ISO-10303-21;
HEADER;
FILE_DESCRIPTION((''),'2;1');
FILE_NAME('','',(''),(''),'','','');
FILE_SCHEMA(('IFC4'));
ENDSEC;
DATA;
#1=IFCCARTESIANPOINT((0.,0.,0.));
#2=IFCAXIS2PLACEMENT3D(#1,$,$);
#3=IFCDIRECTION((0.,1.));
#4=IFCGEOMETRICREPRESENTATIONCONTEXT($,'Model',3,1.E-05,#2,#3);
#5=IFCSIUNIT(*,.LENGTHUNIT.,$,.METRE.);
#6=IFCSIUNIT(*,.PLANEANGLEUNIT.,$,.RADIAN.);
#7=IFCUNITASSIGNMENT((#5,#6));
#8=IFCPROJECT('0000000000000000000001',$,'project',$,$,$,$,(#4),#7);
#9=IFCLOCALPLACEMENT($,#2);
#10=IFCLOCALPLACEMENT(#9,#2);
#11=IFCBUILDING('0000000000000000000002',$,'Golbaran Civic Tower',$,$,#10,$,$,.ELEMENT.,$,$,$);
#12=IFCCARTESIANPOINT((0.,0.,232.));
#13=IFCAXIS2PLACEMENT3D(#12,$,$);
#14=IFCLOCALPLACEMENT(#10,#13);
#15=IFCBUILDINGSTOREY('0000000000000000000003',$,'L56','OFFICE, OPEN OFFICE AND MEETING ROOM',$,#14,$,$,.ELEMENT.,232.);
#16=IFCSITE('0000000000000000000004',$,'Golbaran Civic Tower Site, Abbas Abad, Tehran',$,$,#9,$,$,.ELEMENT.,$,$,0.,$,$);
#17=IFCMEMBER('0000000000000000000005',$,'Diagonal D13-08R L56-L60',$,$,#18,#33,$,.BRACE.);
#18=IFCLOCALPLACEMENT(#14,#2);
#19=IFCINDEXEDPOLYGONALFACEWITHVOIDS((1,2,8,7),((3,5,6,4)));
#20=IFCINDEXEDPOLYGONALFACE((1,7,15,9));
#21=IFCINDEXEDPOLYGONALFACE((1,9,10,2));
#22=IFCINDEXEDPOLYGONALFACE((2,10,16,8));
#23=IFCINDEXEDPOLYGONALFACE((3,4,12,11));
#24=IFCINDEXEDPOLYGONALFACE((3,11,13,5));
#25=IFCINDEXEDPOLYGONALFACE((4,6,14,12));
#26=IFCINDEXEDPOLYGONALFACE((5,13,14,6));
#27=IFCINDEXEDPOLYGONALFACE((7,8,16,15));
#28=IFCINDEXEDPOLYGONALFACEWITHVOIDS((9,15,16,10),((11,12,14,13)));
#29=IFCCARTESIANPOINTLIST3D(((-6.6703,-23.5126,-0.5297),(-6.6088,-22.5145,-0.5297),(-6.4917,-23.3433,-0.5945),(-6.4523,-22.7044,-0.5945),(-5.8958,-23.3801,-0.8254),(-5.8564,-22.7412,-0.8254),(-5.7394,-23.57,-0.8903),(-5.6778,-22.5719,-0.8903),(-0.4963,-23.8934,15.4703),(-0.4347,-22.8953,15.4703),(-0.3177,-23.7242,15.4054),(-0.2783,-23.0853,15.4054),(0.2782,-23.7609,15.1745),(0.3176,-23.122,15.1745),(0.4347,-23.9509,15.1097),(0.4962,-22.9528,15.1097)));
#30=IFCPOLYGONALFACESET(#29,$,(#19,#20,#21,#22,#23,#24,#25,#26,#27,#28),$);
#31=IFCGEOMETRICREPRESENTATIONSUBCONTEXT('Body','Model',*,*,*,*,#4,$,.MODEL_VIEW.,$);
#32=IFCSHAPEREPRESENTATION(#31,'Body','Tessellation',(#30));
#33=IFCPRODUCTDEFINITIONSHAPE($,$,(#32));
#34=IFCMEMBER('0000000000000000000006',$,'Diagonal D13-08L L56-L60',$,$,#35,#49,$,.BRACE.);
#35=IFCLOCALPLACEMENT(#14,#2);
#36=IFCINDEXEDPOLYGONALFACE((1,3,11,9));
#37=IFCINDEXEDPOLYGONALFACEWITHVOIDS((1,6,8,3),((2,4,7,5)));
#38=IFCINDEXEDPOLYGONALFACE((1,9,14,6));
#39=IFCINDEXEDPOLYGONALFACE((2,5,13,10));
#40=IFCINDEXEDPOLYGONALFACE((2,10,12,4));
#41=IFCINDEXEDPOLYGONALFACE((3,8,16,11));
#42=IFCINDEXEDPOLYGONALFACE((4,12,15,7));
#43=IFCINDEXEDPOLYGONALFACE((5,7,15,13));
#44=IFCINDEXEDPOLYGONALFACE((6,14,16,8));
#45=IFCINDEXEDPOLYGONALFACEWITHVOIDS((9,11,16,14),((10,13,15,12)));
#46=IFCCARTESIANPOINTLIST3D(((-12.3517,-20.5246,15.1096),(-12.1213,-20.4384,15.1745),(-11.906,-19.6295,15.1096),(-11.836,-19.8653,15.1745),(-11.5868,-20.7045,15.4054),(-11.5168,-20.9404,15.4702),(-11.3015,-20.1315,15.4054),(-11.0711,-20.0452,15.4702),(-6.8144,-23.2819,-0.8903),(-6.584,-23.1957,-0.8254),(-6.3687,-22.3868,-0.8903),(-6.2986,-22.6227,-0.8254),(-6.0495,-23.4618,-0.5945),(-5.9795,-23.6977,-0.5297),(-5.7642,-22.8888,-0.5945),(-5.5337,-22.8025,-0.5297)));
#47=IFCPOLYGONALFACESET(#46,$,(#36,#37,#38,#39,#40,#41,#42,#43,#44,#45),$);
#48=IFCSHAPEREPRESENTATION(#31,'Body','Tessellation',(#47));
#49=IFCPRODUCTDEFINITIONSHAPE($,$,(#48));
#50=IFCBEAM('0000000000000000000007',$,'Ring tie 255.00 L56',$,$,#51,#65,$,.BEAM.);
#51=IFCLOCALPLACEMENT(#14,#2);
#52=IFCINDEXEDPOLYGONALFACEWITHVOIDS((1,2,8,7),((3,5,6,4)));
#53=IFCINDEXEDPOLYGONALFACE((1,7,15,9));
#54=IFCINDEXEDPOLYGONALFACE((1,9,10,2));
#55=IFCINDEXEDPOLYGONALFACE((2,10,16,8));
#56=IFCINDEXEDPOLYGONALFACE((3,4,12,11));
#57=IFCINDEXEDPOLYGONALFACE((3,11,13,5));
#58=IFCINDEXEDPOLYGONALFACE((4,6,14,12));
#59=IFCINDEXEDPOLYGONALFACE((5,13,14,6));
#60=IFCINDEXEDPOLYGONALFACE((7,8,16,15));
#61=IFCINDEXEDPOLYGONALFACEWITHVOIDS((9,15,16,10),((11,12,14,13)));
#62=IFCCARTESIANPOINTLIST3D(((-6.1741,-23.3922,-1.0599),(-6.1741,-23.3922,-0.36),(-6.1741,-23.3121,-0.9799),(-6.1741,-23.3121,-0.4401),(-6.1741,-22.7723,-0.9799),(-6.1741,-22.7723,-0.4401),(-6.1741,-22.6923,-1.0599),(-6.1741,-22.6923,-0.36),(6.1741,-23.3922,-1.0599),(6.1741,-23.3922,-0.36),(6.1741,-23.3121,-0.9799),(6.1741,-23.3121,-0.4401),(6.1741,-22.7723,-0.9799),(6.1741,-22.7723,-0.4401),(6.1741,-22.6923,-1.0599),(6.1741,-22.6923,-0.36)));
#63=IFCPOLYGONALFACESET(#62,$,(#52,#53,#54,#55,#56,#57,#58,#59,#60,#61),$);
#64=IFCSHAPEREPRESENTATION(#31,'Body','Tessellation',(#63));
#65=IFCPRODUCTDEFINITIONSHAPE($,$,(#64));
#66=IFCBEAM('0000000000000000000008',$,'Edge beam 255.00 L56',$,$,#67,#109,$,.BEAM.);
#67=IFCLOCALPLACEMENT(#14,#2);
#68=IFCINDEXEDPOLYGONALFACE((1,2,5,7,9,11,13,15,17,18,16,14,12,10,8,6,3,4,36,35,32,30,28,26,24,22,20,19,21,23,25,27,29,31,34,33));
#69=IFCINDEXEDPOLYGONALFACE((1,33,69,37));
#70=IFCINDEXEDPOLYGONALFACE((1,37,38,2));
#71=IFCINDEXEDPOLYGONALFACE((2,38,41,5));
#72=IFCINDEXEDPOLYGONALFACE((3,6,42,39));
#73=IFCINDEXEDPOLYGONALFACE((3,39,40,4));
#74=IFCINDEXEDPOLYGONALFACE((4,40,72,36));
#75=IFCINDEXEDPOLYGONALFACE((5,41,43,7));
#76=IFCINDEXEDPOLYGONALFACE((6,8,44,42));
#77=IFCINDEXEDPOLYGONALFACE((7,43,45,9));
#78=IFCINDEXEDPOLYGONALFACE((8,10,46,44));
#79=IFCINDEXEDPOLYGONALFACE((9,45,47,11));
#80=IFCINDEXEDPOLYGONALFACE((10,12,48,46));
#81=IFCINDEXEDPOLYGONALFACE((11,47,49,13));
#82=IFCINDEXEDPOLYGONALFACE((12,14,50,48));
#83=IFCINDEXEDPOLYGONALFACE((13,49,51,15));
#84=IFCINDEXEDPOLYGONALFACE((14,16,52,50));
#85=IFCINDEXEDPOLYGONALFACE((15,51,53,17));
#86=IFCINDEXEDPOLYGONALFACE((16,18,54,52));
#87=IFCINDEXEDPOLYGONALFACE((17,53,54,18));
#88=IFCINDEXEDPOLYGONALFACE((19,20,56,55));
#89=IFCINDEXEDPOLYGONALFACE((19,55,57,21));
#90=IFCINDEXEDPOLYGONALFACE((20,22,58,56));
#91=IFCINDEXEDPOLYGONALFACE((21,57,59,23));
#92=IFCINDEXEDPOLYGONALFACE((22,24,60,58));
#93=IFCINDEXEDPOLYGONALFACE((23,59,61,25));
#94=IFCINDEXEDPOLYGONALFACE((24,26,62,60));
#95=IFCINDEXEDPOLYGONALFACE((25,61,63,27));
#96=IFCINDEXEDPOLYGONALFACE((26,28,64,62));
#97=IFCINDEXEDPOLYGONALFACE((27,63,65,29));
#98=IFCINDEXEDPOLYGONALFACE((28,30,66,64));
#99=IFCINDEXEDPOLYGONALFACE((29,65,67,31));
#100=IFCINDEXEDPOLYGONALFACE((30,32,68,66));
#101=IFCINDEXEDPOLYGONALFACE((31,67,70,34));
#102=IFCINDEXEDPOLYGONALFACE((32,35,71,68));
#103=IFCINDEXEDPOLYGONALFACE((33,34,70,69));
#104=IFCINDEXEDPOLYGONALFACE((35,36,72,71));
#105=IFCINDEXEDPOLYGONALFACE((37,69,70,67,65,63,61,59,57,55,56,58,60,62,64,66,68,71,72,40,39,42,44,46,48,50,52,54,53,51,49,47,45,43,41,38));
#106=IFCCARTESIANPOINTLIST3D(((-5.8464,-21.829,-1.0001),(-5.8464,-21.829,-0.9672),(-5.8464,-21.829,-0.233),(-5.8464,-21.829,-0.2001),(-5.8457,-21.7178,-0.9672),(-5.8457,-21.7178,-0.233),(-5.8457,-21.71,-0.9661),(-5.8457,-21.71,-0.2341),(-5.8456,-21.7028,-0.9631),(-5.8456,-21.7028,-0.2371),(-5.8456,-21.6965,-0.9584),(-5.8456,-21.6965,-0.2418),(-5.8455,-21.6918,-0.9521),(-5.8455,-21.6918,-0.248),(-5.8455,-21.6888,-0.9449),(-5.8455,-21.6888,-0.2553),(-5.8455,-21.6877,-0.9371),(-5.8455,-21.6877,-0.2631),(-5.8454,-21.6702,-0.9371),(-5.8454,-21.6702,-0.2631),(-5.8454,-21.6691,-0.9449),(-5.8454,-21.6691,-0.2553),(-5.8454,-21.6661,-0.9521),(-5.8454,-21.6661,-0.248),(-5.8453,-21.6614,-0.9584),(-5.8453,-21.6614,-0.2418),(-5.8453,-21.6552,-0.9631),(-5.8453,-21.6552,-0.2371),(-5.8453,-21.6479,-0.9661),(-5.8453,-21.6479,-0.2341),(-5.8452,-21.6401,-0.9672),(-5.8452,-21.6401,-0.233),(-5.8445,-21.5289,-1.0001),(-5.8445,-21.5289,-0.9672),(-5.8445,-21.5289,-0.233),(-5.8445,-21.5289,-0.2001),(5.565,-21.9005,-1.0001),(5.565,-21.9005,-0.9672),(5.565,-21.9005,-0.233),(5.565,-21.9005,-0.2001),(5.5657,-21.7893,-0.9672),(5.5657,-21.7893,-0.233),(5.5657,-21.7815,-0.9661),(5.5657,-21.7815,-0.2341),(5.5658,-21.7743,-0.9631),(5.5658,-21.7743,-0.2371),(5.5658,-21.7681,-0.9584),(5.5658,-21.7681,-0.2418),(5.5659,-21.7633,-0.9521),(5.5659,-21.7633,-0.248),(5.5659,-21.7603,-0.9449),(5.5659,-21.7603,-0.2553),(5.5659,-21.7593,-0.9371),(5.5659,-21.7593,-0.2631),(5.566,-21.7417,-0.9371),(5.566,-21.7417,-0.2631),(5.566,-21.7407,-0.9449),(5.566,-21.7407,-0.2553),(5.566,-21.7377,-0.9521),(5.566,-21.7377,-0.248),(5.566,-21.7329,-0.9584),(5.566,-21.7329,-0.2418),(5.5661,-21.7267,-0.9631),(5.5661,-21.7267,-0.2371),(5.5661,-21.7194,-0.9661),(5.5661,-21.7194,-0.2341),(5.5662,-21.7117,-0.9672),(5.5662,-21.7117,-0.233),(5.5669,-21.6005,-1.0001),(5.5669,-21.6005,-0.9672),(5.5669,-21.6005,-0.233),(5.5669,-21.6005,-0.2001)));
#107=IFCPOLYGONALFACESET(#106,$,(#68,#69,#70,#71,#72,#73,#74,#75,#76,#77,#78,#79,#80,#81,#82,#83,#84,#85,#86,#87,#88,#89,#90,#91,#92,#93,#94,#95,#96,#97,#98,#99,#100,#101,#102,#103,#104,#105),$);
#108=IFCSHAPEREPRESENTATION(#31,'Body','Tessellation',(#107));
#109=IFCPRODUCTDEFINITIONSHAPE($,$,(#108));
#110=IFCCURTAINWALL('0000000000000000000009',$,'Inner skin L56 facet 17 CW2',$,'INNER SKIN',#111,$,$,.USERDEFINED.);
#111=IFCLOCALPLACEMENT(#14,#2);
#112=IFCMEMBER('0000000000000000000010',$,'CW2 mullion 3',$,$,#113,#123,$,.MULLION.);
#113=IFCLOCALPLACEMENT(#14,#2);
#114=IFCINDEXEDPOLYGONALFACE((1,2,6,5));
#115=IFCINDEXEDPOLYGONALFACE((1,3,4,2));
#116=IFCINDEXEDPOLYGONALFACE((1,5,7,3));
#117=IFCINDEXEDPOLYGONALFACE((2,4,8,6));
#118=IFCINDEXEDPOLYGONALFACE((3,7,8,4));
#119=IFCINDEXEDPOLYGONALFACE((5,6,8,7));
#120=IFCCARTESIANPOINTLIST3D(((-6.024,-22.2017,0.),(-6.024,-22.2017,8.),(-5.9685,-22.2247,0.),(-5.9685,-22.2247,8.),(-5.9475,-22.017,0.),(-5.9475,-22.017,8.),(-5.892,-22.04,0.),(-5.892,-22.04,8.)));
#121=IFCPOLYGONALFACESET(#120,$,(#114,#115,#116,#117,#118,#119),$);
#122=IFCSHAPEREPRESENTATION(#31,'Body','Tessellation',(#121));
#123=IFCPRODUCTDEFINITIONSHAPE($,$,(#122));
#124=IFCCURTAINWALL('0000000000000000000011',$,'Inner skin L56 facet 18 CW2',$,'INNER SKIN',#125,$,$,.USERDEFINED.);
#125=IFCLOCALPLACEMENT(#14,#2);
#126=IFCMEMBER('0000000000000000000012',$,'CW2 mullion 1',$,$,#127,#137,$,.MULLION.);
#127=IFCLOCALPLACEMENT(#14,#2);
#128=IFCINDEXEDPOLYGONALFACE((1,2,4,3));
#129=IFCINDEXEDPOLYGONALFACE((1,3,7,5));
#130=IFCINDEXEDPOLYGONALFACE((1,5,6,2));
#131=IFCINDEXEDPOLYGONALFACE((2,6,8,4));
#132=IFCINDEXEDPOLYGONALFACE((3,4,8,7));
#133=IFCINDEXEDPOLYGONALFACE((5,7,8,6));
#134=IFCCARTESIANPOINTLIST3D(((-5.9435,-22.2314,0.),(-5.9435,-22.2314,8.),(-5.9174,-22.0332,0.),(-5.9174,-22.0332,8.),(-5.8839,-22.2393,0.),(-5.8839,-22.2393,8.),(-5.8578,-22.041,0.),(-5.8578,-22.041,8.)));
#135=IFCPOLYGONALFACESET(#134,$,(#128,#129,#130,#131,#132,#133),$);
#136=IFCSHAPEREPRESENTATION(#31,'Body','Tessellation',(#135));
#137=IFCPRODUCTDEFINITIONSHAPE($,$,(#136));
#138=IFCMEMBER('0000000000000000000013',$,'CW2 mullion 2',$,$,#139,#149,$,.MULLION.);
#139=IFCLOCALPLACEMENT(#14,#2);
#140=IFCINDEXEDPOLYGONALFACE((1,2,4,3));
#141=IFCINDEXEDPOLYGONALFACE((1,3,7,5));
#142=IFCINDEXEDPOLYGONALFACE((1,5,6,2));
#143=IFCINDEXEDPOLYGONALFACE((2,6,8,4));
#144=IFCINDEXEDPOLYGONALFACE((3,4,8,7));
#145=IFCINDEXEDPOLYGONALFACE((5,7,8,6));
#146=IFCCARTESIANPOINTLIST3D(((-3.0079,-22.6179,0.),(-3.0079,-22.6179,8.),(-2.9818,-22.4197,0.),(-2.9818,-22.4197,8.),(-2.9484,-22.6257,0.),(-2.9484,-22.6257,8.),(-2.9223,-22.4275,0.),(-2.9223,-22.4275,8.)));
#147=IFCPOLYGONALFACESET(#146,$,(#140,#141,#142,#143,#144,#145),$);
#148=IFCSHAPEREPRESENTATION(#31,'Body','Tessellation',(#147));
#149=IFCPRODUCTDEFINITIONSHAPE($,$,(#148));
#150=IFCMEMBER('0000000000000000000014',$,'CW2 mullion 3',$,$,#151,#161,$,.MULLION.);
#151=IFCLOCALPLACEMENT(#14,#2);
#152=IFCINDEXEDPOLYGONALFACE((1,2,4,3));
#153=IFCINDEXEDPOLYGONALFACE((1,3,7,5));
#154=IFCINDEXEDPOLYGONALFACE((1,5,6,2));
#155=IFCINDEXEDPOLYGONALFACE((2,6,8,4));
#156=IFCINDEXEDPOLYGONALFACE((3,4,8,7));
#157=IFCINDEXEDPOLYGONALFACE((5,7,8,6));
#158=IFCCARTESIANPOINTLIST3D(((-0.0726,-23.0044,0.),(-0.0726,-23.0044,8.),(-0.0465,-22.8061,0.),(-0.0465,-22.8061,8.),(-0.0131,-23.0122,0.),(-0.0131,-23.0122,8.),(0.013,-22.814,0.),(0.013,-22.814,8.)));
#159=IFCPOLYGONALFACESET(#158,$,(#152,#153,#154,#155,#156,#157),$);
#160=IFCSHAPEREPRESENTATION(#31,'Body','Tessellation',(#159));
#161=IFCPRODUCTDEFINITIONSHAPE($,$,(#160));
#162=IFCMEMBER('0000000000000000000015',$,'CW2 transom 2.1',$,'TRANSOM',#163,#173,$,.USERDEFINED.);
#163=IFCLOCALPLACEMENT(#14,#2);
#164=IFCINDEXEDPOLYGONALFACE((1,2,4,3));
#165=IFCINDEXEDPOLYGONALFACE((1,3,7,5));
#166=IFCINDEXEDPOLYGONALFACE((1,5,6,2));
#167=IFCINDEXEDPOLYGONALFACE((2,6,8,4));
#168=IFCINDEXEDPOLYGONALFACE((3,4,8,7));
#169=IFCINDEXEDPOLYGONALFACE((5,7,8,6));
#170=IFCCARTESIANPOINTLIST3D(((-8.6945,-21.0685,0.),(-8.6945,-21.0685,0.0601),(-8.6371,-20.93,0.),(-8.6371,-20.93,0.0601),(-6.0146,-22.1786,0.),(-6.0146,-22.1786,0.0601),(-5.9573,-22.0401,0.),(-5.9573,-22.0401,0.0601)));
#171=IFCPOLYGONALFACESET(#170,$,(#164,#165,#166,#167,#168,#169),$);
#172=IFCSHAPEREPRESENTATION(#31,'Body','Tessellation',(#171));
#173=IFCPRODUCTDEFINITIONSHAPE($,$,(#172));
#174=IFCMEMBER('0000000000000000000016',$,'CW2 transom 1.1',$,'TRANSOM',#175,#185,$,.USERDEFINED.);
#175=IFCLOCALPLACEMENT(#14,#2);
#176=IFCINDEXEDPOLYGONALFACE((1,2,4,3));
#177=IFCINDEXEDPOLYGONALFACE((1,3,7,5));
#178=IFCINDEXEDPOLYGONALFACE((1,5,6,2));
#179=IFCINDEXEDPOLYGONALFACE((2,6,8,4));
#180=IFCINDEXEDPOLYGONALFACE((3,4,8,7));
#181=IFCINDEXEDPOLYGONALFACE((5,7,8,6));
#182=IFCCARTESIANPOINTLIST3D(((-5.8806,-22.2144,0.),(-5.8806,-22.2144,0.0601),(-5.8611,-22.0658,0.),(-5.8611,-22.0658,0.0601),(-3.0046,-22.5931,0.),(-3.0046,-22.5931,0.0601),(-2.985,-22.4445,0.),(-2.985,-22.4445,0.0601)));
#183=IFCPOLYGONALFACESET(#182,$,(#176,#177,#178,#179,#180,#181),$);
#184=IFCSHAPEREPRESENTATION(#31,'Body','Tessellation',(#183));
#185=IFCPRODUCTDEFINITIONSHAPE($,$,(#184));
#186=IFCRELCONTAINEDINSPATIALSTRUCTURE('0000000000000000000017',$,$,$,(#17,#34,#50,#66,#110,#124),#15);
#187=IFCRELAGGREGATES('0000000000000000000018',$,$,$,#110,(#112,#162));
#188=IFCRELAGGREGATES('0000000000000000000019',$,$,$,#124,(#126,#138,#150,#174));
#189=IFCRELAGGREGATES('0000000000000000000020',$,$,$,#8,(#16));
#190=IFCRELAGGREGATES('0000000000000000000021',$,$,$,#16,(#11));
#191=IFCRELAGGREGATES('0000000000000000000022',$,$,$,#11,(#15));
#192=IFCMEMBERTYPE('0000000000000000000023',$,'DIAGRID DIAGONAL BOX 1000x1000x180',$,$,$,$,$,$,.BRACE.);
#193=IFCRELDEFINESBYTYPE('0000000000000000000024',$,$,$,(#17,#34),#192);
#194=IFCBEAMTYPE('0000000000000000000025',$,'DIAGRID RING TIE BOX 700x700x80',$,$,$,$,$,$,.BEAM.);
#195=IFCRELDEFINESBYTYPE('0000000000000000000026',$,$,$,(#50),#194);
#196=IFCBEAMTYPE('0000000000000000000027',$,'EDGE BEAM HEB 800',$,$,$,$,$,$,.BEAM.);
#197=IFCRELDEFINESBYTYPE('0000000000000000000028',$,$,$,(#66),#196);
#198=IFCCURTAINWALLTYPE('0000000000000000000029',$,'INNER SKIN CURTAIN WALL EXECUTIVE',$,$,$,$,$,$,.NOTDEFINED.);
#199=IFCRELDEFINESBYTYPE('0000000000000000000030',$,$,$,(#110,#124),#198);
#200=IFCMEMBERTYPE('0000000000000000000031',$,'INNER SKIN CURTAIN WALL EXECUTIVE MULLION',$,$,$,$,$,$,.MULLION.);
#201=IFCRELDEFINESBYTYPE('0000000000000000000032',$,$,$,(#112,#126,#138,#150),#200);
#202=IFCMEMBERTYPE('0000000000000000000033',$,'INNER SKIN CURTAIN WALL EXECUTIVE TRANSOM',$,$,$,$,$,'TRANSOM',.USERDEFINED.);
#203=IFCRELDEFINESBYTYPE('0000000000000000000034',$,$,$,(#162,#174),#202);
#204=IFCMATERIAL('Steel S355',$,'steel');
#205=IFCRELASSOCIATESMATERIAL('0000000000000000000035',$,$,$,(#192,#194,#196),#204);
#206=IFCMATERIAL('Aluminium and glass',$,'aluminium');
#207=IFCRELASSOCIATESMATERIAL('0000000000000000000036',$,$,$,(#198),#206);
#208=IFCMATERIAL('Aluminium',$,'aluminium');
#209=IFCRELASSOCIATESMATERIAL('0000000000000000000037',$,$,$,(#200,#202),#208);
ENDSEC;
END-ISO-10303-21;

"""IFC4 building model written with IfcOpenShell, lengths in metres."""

from ifc_helpers import new_model, si_unit, direction, frame, origin, origin_2d, place, context, subcontext, project, spatial, rectangle, hollow_rectangle, i_section, extrude, material, material_profile, profile_set, type_object, element, aggregate, save


model = new_model("IFC4")

# Units and contexts
model_context = context("Model", 3, precision=1e-05, world=origin(), true_north=direction((0.0, 1.0)))
body_context = subcontext(model_context, "Body", "Model", "MODEL_VIEW")
ifc_project = project(units=[si_unit("LENGTHUNIT", "METRE"), si_unit("PLANEANGLEUNIT", "RADIAN")], contexts=[model_context])

# Site, building, storey
site_placement = place(None, origin())
site = spatial("IfcSite", under=ifc_project, at=site_placement, Name="Golbaran Civic Tower Site, Abbas Abad, Tehran", CompositionType="ELEMENT", RefElevation=0.0)
building_placement = place(site_placement, origin())
building = spatial("IfcBuilding", under=site, at=building_placement, Name="Golbaran Civic Tower", CompositionType="ELEMENT")
storey_placement = place(building_placement, frame((0.0, 0.0, 232.0)))
storey = spatial("IfcBuildingStorey", under=building, at=storey_placement, Name="L56", Description="OFFICE, OPEN OFFICE AND MEETING ROOM", CompositionType="ELEMENT", Elevation=232.0)

# Members
ifc_material_1 = material(Name="Steel S355", Category="steel")
ifc_material_profile_1 = material_profile(ifc_material_1, hollow_rectangle(XDim=1.0, YDim=1.0, WallThickness=0.1799, at=origin_2d()), Name="BOX 1000x1000x180")
ifc_profile_set_1 = profile_set([ifc_material_profile_1], Name="Steel S355")
member_type_1 = type_object("IfcMemberType", Name="DIAGRID DIAGONAL BOX 1000x1000x180", PredefinedType="BRACE", material=ifc_profile_set_1)
for number, where, z_axis, x_axis, name in (
    (1, (-6.1741, -23.0422, -0.71), (0.359918, -0.022202, 0.93272), (0.06157, 0.998103, 0.0), "Diagonal D13-08R L56-L60"),
    (2, (-6.1741, -23.0422, -0.71), (-0.3228, 0.160738, 0.932718), (-0.445745, -0.89516, 0.0), "Diagonal D13-08L L56-L60"),
):
    element("IfcMember", number, at=place(storey_placement, frame(where, z_axis=z_axis, x_axis=x_axis)), inside=storey, type_object=member_type_1, Name=name, PredefinedType="BRACE", context=body_context, shape_type="SweptSolid", body=[
        extrude(hollow_rectangle(XDim=1.0, YDim=1.0, WallThickness=0.1799, at=origin_2d()), origin(), (0.0, 0.0, 1.0), 17.1541),
    ])

# Beams
ifc_material_profile_2 = material_profile(ifc_material_1, hollow_rectangle(XDim=0.7, YDim=0.7, WallThickness=0.0801, at=origin_2d()), Name="BOX 700x700x80")
ifc_profile_set_2 = profile_set([ifc_material_profile_2], Name="Steel S355")
beam_type_1 = type_object("IfcBeamType", Name="DIAGRID RING TIE BOX 700x700x80", PredefinedType="BEAM", material=ifc_profile_set_2)
beam_1_placement = place(storey_placement, frame((-6.1741, -23.0422, -0.71), z_axis=(1.0, 0.0, 0.0), x_axis=(0.0, 1.0, 0.0)))
element("IfcBeam", 3, at=beam_1_placement, inside=storey, type_object=beam_type_1, Name="Ring tie 255.00 L56", PredefinedType="BEAM", context=body_context, shape_type="SweptSolid", body=[
    extrude(hollow_rectangle(XDim=0.7, YDim=0.7, WallThickness=0.0801, at=origin_2d()), origin(), (0.0, 0.0, 1.0), 12.3481),
])
ifc_material_profile_3 = material_profile(ifc_material_1, i_section(OverallWidth=0.3, OverallDepth=0.8, WebThickness=0.0176, FlangeThickness=0.033, FilletRadius=0.03, at=origin_2d()), Name="HEB 800")
ifc_profile_set_3 = profile_set([ifc_material_profile_3], Name="Steel S355")
beam_type_2 = type_object("IfcBeamType", Name="EDGE BEAM HEB 800", PredefinedType="BEAM", material=ifc_profile_set_3)
beam_2_placement = place(storey_placement, frame((-5.8455, -21.679, -0.6001), z_axis=(0.99998, -0.006268, 0.0), x_axis=(0.006268, 0.99998, 0.0)))
element("IfcBeam", 4, at=beam_2_placement, inside=storey, type_object=beam_type_2, Name="Edge beam 255.00 L56", PredefinedType="BEAM", context=body_context, shape_type="SweptSolid", body=[
    extrude(i_section(OverallWidth=0.3, OverallDepth=0.8, WebThickness=0.0176, FlangeThickness=0.033, FilletRadius=0.03, at=origin_2d()), origin(), (0.0, 0.0, 1.0), 11.4116),
])

# Curtain wall, member
ifc_material_2 = material(Name="Aluminium and glass", Category="aluminium")
curtain_wall_type_1 = type_object("IfcCurtainWallType", Name="INNER SKIN CURTAIN WALL EXECUTIVE", PredefinedType="NOTDEFINED", material=ifc_material_2)
curtain_wall_1_placement = place(storey_placement, origin())
curtain_wall_1 = element("IfcCurtainWall", 5, at=curtain_wall_1_placement, inside=storey, type_object=curtain_wall_type_1, Name="Inner skin L56 facet 17 CW2", ObjectType="INNER SKIN", PredefinedType="USERDEFINED")
ifc_material_3 = material(Name="Aluminium", Category="aluminium")
ifc_material_profile_4 = material_profile(ifc_material_3, rectangle(XDim=0.2, YDim=0.0601, at=origin_2d()), Name="INNER SKIN CURTAIN WALL EXECUTIVE MULLION")
ifc_profile_set_4 = profile_set([ifc_material_profile_4], Name="Aluminium")
member_type_2 = type_object("IfcMemberType", Name="INNER SKIN CURTAIN WALL EXECUTIVE MULLION", PredefinedType="MULLION", material=ifc_profile_set_4)
member_1_placement = place(storey_placement, frame((-5.958, -22.1208, 0.0), z_axis=(0.0, 0.0, 1.0), x_axis=(0.382683, 0.92388, 0.0)))
member_1 = element("IfcMember", 6, at=member_1_placement, type_object=member_type_2, Name="CW2 mullion 3", PredefinedType="MULLION", context=body_context, shape_type="SweptSolid", body=[
    extrude(rectangle(XDim=0.2, YDim=0.0601, at=origin_2d()), origin(), (0.0, 0.0, 1.0), 8.0),
])

# Curtain wall, members
curtain_wall_2_placement = place(storey_placement, origin())
curtain_wall_2 = element("IfcCurtainWall", 7, at=curtain_wall_2_placement, inside=storey, type_object=curtain_wall_type_1, Name="Inner skin L56 facet 18 CW2", ObjectType="INNER SKIN", PredefinedType="USERDEFINED")
member_2_placement = place(storey_placement, frame((-5.9006, -22.1362, 0.0), z_axis=(0.0, 0.0, 1.0), x_axis=(0.130526, 0.991445, 0.0)))
member_2 = element("IfcMember", 8, at=member_2_placement, type_object=member_type_2, Name="CW2 mullion 1", PredefinedType="MULLION", context=body_context, shape_type="SweptSolid", body=[
    extrude(rectangle(XDim=0.2, YDim=0.0601, at=origin_2d()), origin(), (0.0, 0.0, 1.0), 8.0),
])
member_3_placement = place(storey_placement, frame((-2.9651, -22.5227, 0.0), z_axis=(0.0, 0.0, 1.0), x_axis=(0.130526, 0.991445, 0.0)))
member_3 = element("IfcMember", 9, at=member_3_placement, type_object=member_type_2, Name="CW2 mullion 2", PredefinedType="MULLION", context=body_context, shape_type="SweptSolid", body=[
    extrude(rectangle(XDim=0.2, YDim=0.0601, at=origin_2d()), origin(), (0.0, 0.0, 1.0), 8.0),
])
member_4_placement = place(storey_placement, frame((-0.0298, -22.9092, 0.0), z_axis=(0.0, 0.0, 1.0), x_axis=(0.130526, 0.991445, 0.0)))
member_4 = element("IfcMember", 10, at=member_4_placement, type_object=member_type_2, Name="CW2 mullion 3", PredefinedType="MULLION", context=body_context, shape_type="SweptSolid", body=[
    extrude(rectangle(XDim=0.2, YDim=0.0601, at=origin_2d()), origin(), (0.0, 0.0, 1.0), 8.0),
])

# Members
ifc_material_profile_5 = material_profile(ifc_material_3, rectangle(XDim=0.1499, YDim=0.0601, at=origin_2d()), Name="INNER SKIN CURTAIN WALL EXECUTIVE TRANSOM")
ifc_profile_set_5 = profile_set([ifc_material_profile_5], Name="Aluminium")
member_type_3 = type_object("IfcMemberType", Name="INNER SKIN CURTAIN WALL EXECUTIVE TRANSOM", ElementType="TRANSOM", PredefinedType="USERDEFINED", material=ifc_profile_set_5)
member_5_placement = place(storey_placement, frame((-8.6658, -20.9993, 0.03), z_axis=(0.923874, -0.382696, 0.0), x_axis=(0.382696, 0.923874, 0.0)))
member_5 = element("IfcMember", 11, at=member_5_placement, type_object=member_type_3, Name="CW2 transom 2.1", ObjectType="TRANSOM", PredefinedType="USERDEFINED", context=body_context, shape_type="SweptSolid", body=[
    extrude(rectangle(XDim=0.1499, YDim=0.0601, at=origin_2d()), origin(), (0.0, 0.0, 1.0), 2.9006),
])
member_6_placement = place(storey_placement, frame((-5.8708, -22.1401, 0.03), z_axis=(0.991443, -0.130537, 0.0), x_axis=(0.130537, 0.991443, 0.0)))
member_6 = element("IfcMember", 12, at=member_6_placement, type_object=member_type_3, Name="CW2 transom 1.1", ObjectType="TRANSOM", PredefinedType="USERDEFINED", context=body_context, shape_type="SweptSolid", body=[
    extrude(rectangle(XDim=0.1499, YDim=0.0601, at=origin_2d()), origin(), (0.0, 0.0, 1.0), 2.9009),
])

aggregate(curtain_wall_1, [member_1, member_5])
aggregate(curtain_wall_2, [member_2, member_3, member_4, member_6])

save(model, "model.ifc")
